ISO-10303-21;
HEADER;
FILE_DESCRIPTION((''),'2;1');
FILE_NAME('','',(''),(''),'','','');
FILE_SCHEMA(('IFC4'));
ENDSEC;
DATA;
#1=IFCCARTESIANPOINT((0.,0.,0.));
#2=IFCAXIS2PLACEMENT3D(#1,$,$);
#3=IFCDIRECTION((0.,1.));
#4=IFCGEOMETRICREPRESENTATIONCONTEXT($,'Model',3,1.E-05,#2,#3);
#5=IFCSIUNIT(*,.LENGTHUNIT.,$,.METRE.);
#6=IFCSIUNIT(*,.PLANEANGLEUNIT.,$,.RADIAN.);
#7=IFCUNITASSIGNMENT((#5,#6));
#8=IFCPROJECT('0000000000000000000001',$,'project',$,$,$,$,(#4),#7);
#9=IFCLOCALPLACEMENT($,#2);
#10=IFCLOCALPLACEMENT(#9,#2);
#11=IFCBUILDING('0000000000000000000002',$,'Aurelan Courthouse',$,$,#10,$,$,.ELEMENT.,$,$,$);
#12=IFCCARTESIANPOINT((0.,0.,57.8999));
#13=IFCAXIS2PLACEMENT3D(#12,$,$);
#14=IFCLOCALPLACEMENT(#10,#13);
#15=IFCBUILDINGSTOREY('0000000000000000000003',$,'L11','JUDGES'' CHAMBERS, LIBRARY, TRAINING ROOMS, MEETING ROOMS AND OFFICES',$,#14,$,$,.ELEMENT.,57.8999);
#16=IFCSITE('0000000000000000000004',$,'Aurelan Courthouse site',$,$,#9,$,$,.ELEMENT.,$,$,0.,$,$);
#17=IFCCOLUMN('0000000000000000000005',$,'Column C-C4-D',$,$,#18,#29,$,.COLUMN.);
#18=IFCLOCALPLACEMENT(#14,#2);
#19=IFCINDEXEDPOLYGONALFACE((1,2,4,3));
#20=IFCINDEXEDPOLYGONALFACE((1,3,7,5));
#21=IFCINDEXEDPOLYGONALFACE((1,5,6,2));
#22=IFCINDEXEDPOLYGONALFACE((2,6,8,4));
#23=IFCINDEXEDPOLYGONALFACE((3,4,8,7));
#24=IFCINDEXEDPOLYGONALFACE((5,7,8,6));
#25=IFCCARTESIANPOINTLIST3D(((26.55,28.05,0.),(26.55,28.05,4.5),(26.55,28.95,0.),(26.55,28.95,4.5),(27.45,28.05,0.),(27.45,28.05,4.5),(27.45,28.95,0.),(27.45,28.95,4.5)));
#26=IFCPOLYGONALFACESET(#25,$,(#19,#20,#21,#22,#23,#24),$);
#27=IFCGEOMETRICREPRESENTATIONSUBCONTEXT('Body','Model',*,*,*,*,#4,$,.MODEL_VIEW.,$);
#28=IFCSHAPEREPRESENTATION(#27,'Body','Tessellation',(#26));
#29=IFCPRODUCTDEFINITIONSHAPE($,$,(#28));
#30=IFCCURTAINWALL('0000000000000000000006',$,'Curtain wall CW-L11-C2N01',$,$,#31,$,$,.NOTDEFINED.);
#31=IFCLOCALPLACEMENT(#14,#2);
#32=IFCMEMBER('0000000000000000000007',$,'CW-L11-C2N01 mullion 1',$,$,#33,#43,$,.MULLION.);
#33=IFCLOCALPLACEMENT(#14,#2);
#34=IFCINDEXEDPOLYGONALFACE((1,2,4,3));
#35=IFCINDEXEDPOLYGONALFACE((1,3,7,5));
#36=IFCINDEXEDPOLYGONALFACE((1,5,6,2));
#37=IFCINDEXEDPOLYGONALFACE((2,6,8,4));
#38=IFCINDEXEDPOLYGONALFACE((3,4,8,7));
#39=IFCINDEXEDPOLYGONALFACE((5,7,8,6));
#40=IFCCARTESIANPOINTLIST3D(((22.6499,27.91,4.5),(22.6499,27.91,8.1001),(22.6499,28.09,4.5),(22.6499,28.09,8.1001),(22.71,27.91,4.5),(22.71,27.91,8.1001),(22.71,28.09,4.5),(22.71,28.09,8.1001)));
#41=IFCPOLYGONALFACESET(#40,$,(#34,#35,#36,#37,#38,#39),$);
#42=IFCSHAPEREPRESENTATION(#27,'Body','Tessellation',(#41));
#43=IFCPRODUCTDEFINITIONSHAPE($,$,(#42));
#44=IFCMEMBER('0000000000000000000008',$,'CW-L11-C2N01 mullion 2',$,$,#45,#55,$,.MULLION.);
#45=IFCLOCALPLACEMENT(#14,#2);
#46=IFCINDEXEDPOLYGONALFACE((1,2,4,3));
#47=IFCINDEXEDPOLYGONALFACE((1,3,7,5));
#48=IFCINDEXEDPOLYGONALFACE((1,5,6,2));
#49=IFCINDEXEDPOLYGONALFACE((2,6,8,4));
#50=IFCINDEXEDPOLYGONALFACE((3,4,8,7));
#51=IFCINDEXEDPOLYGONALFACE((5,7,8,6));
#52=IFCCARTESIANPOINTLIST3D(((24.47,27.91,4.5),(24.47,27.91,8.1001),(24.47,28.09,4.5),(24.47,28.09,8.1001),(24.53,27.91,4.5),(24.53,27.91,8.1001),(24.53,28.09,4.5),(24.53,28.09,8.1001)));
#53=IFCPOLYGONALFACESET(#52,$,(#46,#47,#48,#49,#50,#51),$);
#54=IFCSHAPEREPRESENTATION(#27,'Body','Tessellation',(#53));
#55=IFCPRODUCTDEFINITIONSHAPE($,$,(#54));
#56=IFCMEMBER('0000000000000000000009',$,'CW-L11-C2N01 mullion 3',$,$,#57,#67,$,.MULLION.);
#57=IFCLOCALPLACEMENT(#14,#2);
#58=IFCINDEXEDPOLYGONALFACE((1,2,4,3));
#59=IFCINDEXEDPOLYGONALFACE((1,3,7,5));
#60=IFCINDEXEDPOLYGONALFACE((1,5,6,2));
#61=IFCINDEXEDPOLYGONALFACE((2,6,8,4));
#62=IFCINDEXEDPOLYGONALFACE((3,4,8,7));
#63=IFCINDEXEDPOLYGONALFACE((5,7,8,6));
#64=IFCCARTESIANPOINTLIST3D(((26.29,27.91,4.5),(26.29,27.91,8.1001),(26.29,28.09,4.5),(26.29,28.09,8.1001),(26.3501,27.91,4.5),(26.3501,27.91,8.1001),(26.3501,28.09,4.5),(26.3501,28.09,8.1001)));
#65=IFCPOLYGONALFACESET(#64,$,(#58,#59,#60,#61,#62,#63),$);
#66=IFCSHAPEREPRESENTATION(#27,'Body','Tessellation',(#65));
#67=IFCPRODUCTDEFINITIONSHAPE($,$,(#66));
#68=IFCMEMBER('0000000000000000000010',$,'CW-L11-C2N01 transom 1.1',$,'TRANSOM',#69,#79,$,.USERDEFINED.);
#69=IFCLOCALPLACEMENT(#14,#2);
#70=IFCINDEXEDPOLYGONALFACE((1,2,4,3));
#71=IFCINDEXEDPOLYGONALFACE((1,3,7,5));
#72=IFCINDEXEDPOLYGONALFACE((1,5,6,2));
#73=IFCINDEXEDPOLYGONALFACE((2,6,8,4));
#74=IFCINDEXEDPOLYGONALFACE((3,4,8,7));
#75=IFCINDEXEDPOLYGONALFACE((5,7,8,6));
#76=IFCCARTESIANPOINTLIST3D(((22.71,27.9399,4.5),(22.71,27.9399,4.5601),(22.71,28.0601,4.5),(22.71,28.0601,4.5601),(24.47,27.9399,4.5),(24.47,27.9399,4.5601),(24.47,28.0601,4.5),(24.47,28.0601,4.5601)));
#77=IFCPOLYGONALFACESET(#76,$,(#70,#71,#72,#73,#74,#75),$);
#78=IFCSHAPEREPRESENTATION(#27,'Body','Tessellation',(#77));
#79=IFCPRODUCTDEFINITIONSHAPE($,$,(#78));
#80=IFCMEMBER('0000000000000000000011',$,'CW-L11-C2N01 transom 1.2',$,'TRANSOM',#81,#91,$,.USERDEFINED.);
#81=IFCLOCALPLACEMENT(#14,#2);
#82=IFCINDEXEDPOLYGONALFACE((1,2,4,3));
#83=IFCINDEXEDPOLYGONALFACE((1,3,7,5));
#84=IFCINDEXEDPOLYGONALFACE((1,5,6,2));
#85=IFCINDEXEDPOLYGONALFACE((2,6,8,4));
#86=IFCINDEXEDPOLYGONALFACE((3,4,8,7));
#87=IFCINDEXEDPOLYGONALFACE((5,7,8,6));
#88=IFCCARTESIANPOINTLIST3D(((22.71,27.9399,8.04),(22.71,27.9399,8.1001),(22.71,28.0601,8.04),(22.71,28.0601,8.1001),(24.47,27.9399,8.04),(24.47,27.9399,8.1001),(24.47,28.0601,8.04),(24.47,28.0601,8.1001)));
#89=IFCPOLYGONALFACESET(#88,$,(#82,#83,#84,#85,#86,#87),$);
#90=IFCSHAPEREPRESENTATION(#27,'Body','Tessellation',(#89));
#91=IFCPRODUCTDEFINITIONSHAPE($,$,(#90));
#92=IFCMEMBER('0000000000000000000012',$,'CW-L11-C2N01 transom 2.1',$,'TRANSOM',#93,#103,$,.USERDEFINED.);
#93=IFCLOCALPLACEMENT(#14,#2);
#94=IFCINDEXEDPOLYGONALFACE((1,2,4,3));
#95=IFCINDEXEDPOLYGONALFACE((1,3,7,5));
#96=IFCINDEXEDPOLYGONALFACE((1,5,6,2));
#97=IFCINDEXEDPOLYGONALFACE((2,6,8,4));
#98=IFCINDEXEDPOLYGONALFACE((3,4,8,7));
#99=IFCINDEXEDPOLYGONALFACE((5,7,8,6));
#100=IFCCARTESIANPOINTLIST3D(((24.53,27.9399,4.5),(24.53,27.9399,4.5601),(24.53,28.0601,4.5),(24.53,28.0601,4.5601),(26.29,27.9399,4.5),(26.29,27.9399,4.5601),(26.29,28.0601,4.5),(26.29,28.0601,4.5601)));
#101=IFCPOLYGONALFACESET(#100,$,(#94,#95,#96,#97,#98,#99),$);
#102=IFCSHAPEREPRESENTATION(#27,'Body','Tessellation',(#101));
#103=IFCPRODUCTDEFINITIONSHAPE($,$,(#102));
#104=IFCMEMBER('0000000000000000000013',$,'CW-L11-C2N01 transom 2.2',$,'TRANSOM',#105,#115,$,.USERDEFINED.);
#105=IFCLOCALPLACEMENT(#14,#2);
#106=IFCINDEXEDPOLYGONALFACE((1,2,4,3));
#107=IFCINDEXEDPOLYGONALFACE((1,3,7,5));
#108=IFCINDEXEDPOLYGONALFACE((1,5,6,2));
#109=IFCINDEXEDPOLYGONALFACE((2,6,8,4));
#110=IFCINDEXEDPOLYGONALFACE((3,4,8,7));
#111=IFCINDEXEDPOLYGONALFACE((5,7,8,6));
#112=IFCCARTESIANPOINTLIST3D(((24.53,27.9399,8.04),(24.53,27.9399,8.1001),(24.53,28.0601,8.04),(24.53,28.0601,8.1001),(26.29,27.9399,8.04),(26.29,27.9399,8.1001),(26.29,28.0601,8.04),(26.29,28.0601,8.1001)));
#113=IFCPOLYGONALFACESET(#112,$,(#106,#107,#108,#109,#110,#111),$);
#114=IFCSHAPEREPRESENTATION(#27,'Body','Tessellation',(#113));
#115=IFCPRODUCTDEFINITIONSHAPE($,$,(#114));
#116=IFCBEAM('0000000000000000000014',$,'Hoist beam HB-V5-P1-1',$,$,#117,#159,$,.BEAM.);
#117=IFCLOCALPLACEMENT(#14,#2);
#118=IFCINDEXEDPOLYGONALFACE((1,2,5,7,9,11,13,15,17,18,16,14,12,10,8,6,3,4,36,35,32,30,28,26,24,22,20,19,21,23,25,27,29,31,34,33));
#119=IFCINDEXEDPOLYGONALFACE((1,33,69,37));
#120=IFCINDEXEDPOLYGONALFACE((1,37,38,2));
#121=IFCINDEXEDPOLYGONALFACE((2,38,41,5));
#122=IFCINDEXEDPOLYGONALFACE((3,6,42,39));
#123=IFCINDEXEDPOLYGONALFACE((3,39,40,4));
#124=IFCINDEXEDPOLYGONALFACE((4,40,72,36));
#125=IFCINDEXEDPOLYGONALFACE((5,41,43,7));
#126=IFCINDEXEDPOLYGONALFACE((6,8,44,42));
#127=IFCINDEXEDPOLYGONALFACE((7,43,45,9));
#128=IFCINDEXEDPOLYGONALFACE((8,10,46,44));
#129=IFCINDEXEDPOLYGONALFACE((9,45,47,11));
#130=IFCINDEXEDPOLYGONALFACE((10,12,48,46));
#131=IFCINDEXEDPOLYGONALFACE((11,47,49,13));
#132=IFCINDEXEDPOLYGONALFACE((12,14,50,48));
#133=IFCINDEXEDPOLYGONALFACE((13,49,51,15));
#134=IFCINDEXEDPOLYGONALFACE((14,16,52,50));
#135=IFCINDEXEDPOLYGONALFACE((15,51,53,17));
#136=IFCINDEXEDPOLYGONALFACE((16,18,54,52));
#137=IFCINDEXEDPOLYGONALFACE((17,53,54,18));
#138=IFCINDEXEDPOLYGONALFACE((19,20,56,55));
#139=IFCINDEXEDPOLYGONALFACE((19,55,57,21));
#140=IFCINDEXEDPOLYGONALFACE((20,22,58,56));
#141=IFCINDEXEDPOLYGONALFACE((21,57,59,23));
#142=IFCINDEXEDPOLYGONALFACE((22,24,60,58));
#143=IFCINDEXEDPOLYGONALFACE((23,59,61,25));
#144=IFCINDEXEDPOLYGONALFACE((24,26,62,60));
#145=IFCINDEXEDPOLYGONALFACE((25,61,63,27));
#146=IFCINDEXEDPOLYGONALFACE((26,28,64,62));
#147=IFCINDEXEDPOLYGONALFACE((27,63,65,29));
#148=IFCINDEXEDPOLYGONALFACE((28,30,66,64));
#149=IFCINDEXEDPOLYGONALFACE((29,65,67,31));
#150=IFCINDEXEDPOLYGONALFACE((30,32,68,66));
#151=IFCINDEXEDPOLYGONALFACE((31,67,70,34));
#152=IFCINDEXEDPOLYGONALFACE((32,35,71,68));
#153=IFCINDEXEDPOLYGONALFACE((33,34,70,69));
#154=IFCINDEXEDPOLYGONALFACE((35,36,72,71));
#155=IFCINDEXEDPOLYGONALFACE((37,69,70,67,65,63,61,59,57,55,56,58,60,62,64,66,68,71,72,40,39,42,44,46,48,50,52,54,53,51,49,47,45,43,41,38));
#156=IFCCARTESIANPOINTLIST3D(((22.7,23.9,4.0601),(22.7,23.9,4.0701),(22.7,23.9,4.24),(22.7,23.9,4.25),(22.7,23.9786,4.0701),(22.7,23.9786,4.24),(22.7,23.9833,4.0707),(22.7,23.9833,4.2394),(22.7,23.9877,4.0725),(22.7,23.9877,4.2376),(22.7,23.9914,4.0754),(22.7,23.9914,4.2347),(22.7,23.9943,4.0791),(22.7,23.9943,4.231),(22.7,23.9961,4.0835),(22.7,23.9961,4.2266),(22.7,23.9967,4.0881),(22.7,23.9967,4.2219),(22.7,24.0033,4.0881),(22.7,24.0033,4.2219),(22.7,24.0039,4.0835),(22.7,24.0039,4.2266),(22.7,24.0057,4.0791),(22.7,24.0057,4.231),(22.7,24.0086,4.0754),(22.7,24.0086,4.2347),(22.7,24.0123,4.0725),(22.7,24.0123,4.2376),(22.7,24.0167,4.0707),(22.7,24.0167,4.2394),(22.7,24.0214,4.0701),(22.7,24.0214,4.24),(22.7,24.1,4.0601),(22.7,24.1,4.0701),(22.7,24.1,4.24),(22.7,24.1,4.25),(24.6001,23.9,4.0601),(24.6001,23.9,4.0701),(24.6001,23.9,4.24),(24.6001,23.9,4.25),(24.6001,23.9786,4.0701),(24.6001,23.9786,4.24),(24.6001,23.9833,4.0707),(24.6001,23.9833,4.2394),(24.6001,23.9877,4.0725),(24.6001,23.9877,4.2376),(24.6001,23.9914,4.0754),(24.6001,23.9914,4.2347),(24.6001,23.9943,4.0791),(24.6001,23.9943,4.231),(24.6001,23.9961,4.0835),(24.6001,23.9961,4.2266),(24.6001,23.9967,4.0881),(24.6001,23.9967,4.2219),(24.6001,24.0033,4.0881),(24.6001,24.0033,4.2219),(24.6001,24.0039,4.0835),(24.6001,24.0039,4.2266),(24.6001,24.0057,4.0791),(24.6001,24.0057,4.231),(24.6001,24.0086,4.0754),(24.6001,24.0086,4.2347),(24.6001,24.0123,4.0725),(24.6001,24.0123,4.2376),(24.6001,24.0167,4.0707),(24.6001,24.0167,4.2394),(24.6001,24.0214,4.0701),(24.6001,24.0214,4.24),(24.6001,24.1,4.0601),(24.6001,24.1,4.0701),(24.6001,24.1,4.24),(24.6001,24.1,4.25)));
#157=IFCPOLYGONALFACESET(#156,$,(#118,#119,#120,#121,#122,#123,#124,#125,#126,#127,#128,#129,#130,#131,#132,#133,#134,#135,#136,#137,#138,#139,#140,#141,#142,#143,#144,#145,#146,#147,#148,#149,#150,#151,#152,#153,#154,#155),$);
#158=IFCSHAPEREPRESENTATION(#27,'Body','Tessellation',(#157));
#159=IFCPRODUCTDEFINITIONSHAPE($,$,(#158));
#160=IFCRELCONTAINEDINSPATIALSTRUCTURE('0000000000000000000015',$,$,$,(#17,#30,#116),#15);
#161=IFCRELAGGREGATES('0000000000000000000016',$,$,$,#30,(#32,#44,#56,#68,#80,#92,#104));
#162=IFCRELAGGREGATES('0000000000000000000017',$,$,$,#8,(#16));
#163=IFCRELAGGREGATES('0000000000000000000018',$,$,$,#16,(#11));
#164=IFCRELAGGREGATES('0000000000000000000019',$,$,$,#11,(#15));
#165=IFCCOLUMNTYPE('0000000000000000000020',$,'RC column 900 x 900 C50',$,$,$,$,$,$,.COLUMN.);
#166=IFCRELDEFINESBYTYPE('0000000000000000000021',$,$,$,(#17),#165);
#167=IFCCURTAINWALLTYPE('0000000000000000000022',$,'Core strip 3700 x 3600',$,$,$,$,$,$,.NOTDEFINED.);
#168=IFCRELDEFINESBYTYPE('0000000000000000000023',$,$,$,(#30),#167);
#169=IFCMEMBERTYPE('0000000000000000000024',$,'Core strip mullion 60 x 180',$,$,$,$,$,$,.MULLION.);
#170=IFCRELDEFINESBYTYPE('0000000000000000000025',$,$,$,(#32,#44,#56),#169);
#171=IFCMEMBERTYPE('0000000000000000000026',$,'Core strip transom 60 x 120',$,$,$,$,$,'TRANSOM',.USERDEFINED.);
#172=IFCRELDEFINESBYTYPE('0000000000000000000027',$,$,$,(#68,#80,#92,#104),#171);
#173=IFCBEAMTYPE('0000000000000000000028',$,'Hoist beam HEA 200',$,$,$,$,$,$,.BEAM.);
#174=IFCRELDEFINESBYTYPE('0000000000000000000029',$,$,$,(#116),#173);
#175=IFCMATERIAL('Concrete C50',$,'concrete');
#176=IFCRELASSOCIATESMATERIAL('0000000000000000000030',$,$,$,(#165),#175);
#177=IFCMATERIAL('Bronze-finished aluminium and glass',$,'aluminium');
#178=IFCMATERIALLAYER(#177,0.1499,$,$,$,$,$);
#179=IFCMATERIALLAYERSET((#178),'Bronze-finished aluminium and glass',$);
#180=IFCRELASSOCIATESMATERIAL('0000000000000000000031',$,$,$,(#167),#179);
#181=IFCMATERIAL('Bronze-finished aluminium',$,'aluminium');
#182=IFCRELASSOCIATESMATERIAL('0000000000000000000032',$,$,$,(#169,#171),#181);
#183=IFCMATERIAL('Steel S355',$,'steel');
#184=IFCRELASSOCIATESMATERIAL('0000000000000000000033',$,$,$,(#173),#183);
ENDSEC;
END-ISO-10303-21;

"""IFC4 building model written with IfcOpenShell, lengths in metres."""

from ifc_helpers import new_model, si_unit, direction, frame, origin, origin_2d, place, context, subcontext, project, spatial, rectangle, i_section, extrude, material, layer, layer_set, material_profile, profile_set, type_object, element, aggregate, save


model = new_model("IFC4")

# Units and contexts
model_context = context("Model", 3, precision=1e-05, world=origin(), true_north=direction((0.0, 1.0)))
body_context = subcontext(model_context, "Body", "Model", "MODEL_VIEW")
ifc_project = project(units=[si_unit("LENGTHUNIT", "METRE"), si_unit("PLANEANGLEUNIT", "RADIAN")], contexts=[model_context])

# Site, building, storey
site_placement = place(None, origin())
site = spatial("IfcSite", under=ifc_project, at=site_placement, Name="Aurelan Courthouse site", CompositionType="ELEMENT", RefElevation=0.0)
building_placement = place(site_placement, origin())
building = spatial("IfcBuilding", under=site, at=building_placement, Name="Aurelan Courthouse", CompositionType="ELEMENT")
storey_placement = place(building_placement, frame((0.0, 0.0, 57.8999)))
storey = spatial("IfcBuildingStorey", under=building, at=storey_placement, Name="L11", Description="JUDGES' CHAMBERS, LIBRARY, TRAINING ROOMS, MEETING ROOMS AND OFFICES", CompositionType="ELEMENT", Elevation=57.8999)

# Column
ifc_material_1 = material(Name="Concrete C50", Category="concrete")
ifc_material_profile_1 = material_profile(ifc_material_1, rectangle(XDim=0.8999, YDim=0.8999, at=origin_2d()), Name="RC 900 x 900")
ifc_profile_set_1 = profile_set([ifc_material_profile_1], Name="Concrete C50")
column_type = type_object("IfcColumnType", Name="RC column 900 x 900 C50", PredefinedType="COLUMN", material=ifc_profile_set_1)
column_placement = place(storey_placement, frame((27.0, 28.5, 0.0), z_axis=(0.0, 0.0, 1.0), x_axis=(1.0, 0.0, 0.0)))
element("IfcColumn", 1, at=column_placement, inside=storey, type_object=column_type, Name="Column C-C4-D", PredefinedType="COLUMN", context=body_context, shape_type="SweptSolid", body=[
    extrude(rectangle(XDim=0.8999, YDim=0.8999, at=origin_2d()), origin(), (0.0, 0.0, 1.0), 4.5),
])

# Curtain wall, members
ifc_material_2 = material(Name="Bronze-finished aluminium and glass", Category="aluminium")
ifc_layer_1 = layer(ifc_material_2, 0.1499)
ifc_layer_set_1 = layer_set([ifc_layer_1], Name="Bronze-finished aluminium and glass")
curtain_wall_type = type_object("IfcCurtainWallType", Name="Core strip 3700 x 3600", PredefinedType="NOTDEFINED", material=ifc_layer_set_1)
curtain_wall_placement = place(storey_placement, origin())
curtain_wall = element("IfcCurtainWall", 2, at=curtain_wall_placement, inside=storey, type_object=curtain_wall_type, Name="Curtain wall CW-L11-C2N01", PredefinedType="NOTDEFINED")
ifc_material_3 = material(Name="Bronze-finished aluminium", Category="aluminium")
ifc_material_profile_2 = material_profile(ifc_material_3, rectangle(XDim=0.1799, YDim=0.0601, at=origin_2d()), Name="Core strip mullion 60 x 180")
ifc_profile_set_2 = profile_set([ifc_material_profile_2], Name="Bronze-finished aluminium")
member_type_1 = type_object("IfcMemberType", Name="Core strip mullion 60 x 180", PredefinedType="MULLION", material=ifc_profile_set_2)
member_1_placement = place(storey_placement, frame((22.6799, 28.0, 4.5), z_axis=(0.0, 0.0, 1.0), x_axis=(0.0, 1.0, 0.0)))
member_1 = element("IfcMember", 3, at=member_1_placement, type_object=member_type_1, Name="CW-L11-C2N01 mullion 1", PredefinedType="MULLION", context=body_context, shape_type="SweptSolid", body=[
    extrude(rectangle(XDim=0.1799, YDim=0.0601, at=origin_2d()), origin(), (0.0, 0.0, 1.0), 3.6001),
])
member_2_placement = place(storey_placement, frame((24.5, 28.0, 4.5), z_axis=(0.0, 0.0, 1.0), x_axis=(0.0, 1.0, 0.0)))
member_2 = element("IfcMember", 4, at=member_2_placement, type_object=member_type_1, Name="CW-L11-C2N01 mullion 2", PredefinedType="MULLION", context=body_context, shape_type="SweptSolid", body=[
    extrude(rectangle(XDim=0.1799, YDim=0.0601, at=origin_2d()), origin(), (0.0, 0.0, 1.0), 3.6001),
])
member_3_placement = place(storey_placement, frame((26.3201, 28.0, 4.5), z_axis=(0.0, 0.0, 1.0), x_axis=(0.0, 1.0, 0.0)))
member_3 = element("IfcMember", 5, at=member_3_placement, type_object=member_type_1, Name="CW-L11-C2N01 mullion 3", PredefinedType="MULLION", context=body_context, shape_type="SweptSolid", body=[
    extrude(rectangle(XDim=0.1799, YDim=0.0601, at=origin_2d()), origin(), (0.0, 0.0, 1.0), 3.6001),
])
ifc_material_profile_3 = material_profile(ifc_material_3, rectangle(XDim=0.1201, YDim=0.0601, at=origin_2d()), Name="Core strip transom 60 x 120")
ifc_profile_set_3 = profile_set([ifc_material_profile_3], Name="Bronze-finished aluminium")
member_type_2 = type_object("IfcMemberType", Name="Core strip transom 60 x 120", ElementType="TRANSOM", PredefinedType="USERDEFINED", material=ifc_profile_set_3)
member_4_placement = place(storey_placement, frame((22.71, 28.0, 4.53), z_axis=(1.0, 0.0, 0.0), x_axis=(0.0, 1.0, 0.0)))
member_4 = element("IfcMember", 6, at=member_4_placement, type_object=member_type_2, Name="CW-L11-C2N01 transom 1.1", ObjectType="TRANSOM", PredefinedType="USERDEFINED", context=body_context, shape_type="SweptSolid", body=[
    extrude(rectangle(XDim=0.1201, YDim=0.0601, at=origin_2d()), origin(), (0.0, 0.0, 1.0), 1.76),
])
member_5_placement = place(storey_placement, frame((22.71, 28.0, 8.0701), z_axis=(1.0, 0.0, 0.0), x_axis=(0.0, 1.0, 0.0)))
member_5 = element("IfcMember", 7, at=member_5_placement, type_object=member_type_2, Name="CW-L11-C2N01 transom 1.2", ObjectType="TRANSOM", PredefinedType="USERDEFINED", context=body_context, shape_type="SweptSolid", body=[
    extrude(rectangle(XDim=0.1201, YDim=0.0601, at=origin_2d()), origin(), (0.0, 0.0, 1.0), 1.76),
])
member_6_placement = place(storey_placement, frame((24.53, 28.0, 4.53), z_axis=(1.0, 0.0, 0.0), x_axis=(0.0, 1.0, 0.0)))
member_6 = element("IfcMember", 8, at=member_6_placement, type_object=member_type_2, Name="CW-L11-C2N01 transom 2.1", ObjectType="TRANSOM", PredefinedType="USERDEFINED", context=body_context, shape_type="SweptSolid", body=[
    extrude(rectangle(XDim=0.1201, YDim=0.0601, at=origin_2d()), origin(), (0.0, 0.0, 1.0), 1.76),
])
member_7_placement = place(storey_placement, frame((24.53, 28.0, 8.0701), z_axis=(1.0, 0.0, 0.0), x_axis=(0.0, 1.0, 0.0)))
member_7 = element("IfcMember", 9, at=member_7_placement, type_object=member_type_2, Name="CW-L11-C2N01 transom 2.2", ObjectType="TRANSOM", PredefinedType="USERDEFINED", context=body_context, shape_type="SweptSolid", body=[
    extrude(rectangle(XDim=0.1201, YDim=0.0601, at=origin_2d()), origin(), (0.0, 0.0, 1.0), 1.76),
])

# Beam
ifc_material_4 = material(Name="Steel S355", Category="steel")
ifc_material_profile_4 = material_profile(ifc_material_4, i_section(OverallWidth=0.2, OverallDepth=0.1899, WebThickness=0.0066, FlangeThickness=0.01, FilletRadius=0.0181, at=origin_2d()), Name="HEA 200")
ifc_profile_set_4 = profile_set([ifc_material_profile_4], Name="Steel S355")
beam_type_1 = type_object("IfcBeamType", Name="Hoist beam HEA 200", PredefinedType="BEAM", material=ifc_profile_set_4)
for number, where, z_axis, x_axis, name in (
    (10, (22.7, 24.0, 4.155), (1.0, 0.0, 0.0), (0.0, 1.0, 0.0), "Hoist beam HB-V5-P1-1"),
):
    element("IfcBeam", number, at=place(storey_placement, frame(where, z_axis=z_axis, x_axis=x_axis)), inside=storey, type_object=beam_type_1, Name=name, PredefinedType="BEAM", context=body_context, shape_type="SweptSolid", body=[
        extrude(i_section(OverallWidth=0.2, OverallDepth=0.1899, WebThickness=0.0066, FlangeThickness=0.01, FilletRadius=0.0181, at=origin_2d()), origin(), (0.0, 0.0, 1.0), 1.9001),
    ])

aggregate(curtain_wall, [member_1, member_2, member_3, member_4, member_5, member_6, member_7])

save(model, "model.ifc")
